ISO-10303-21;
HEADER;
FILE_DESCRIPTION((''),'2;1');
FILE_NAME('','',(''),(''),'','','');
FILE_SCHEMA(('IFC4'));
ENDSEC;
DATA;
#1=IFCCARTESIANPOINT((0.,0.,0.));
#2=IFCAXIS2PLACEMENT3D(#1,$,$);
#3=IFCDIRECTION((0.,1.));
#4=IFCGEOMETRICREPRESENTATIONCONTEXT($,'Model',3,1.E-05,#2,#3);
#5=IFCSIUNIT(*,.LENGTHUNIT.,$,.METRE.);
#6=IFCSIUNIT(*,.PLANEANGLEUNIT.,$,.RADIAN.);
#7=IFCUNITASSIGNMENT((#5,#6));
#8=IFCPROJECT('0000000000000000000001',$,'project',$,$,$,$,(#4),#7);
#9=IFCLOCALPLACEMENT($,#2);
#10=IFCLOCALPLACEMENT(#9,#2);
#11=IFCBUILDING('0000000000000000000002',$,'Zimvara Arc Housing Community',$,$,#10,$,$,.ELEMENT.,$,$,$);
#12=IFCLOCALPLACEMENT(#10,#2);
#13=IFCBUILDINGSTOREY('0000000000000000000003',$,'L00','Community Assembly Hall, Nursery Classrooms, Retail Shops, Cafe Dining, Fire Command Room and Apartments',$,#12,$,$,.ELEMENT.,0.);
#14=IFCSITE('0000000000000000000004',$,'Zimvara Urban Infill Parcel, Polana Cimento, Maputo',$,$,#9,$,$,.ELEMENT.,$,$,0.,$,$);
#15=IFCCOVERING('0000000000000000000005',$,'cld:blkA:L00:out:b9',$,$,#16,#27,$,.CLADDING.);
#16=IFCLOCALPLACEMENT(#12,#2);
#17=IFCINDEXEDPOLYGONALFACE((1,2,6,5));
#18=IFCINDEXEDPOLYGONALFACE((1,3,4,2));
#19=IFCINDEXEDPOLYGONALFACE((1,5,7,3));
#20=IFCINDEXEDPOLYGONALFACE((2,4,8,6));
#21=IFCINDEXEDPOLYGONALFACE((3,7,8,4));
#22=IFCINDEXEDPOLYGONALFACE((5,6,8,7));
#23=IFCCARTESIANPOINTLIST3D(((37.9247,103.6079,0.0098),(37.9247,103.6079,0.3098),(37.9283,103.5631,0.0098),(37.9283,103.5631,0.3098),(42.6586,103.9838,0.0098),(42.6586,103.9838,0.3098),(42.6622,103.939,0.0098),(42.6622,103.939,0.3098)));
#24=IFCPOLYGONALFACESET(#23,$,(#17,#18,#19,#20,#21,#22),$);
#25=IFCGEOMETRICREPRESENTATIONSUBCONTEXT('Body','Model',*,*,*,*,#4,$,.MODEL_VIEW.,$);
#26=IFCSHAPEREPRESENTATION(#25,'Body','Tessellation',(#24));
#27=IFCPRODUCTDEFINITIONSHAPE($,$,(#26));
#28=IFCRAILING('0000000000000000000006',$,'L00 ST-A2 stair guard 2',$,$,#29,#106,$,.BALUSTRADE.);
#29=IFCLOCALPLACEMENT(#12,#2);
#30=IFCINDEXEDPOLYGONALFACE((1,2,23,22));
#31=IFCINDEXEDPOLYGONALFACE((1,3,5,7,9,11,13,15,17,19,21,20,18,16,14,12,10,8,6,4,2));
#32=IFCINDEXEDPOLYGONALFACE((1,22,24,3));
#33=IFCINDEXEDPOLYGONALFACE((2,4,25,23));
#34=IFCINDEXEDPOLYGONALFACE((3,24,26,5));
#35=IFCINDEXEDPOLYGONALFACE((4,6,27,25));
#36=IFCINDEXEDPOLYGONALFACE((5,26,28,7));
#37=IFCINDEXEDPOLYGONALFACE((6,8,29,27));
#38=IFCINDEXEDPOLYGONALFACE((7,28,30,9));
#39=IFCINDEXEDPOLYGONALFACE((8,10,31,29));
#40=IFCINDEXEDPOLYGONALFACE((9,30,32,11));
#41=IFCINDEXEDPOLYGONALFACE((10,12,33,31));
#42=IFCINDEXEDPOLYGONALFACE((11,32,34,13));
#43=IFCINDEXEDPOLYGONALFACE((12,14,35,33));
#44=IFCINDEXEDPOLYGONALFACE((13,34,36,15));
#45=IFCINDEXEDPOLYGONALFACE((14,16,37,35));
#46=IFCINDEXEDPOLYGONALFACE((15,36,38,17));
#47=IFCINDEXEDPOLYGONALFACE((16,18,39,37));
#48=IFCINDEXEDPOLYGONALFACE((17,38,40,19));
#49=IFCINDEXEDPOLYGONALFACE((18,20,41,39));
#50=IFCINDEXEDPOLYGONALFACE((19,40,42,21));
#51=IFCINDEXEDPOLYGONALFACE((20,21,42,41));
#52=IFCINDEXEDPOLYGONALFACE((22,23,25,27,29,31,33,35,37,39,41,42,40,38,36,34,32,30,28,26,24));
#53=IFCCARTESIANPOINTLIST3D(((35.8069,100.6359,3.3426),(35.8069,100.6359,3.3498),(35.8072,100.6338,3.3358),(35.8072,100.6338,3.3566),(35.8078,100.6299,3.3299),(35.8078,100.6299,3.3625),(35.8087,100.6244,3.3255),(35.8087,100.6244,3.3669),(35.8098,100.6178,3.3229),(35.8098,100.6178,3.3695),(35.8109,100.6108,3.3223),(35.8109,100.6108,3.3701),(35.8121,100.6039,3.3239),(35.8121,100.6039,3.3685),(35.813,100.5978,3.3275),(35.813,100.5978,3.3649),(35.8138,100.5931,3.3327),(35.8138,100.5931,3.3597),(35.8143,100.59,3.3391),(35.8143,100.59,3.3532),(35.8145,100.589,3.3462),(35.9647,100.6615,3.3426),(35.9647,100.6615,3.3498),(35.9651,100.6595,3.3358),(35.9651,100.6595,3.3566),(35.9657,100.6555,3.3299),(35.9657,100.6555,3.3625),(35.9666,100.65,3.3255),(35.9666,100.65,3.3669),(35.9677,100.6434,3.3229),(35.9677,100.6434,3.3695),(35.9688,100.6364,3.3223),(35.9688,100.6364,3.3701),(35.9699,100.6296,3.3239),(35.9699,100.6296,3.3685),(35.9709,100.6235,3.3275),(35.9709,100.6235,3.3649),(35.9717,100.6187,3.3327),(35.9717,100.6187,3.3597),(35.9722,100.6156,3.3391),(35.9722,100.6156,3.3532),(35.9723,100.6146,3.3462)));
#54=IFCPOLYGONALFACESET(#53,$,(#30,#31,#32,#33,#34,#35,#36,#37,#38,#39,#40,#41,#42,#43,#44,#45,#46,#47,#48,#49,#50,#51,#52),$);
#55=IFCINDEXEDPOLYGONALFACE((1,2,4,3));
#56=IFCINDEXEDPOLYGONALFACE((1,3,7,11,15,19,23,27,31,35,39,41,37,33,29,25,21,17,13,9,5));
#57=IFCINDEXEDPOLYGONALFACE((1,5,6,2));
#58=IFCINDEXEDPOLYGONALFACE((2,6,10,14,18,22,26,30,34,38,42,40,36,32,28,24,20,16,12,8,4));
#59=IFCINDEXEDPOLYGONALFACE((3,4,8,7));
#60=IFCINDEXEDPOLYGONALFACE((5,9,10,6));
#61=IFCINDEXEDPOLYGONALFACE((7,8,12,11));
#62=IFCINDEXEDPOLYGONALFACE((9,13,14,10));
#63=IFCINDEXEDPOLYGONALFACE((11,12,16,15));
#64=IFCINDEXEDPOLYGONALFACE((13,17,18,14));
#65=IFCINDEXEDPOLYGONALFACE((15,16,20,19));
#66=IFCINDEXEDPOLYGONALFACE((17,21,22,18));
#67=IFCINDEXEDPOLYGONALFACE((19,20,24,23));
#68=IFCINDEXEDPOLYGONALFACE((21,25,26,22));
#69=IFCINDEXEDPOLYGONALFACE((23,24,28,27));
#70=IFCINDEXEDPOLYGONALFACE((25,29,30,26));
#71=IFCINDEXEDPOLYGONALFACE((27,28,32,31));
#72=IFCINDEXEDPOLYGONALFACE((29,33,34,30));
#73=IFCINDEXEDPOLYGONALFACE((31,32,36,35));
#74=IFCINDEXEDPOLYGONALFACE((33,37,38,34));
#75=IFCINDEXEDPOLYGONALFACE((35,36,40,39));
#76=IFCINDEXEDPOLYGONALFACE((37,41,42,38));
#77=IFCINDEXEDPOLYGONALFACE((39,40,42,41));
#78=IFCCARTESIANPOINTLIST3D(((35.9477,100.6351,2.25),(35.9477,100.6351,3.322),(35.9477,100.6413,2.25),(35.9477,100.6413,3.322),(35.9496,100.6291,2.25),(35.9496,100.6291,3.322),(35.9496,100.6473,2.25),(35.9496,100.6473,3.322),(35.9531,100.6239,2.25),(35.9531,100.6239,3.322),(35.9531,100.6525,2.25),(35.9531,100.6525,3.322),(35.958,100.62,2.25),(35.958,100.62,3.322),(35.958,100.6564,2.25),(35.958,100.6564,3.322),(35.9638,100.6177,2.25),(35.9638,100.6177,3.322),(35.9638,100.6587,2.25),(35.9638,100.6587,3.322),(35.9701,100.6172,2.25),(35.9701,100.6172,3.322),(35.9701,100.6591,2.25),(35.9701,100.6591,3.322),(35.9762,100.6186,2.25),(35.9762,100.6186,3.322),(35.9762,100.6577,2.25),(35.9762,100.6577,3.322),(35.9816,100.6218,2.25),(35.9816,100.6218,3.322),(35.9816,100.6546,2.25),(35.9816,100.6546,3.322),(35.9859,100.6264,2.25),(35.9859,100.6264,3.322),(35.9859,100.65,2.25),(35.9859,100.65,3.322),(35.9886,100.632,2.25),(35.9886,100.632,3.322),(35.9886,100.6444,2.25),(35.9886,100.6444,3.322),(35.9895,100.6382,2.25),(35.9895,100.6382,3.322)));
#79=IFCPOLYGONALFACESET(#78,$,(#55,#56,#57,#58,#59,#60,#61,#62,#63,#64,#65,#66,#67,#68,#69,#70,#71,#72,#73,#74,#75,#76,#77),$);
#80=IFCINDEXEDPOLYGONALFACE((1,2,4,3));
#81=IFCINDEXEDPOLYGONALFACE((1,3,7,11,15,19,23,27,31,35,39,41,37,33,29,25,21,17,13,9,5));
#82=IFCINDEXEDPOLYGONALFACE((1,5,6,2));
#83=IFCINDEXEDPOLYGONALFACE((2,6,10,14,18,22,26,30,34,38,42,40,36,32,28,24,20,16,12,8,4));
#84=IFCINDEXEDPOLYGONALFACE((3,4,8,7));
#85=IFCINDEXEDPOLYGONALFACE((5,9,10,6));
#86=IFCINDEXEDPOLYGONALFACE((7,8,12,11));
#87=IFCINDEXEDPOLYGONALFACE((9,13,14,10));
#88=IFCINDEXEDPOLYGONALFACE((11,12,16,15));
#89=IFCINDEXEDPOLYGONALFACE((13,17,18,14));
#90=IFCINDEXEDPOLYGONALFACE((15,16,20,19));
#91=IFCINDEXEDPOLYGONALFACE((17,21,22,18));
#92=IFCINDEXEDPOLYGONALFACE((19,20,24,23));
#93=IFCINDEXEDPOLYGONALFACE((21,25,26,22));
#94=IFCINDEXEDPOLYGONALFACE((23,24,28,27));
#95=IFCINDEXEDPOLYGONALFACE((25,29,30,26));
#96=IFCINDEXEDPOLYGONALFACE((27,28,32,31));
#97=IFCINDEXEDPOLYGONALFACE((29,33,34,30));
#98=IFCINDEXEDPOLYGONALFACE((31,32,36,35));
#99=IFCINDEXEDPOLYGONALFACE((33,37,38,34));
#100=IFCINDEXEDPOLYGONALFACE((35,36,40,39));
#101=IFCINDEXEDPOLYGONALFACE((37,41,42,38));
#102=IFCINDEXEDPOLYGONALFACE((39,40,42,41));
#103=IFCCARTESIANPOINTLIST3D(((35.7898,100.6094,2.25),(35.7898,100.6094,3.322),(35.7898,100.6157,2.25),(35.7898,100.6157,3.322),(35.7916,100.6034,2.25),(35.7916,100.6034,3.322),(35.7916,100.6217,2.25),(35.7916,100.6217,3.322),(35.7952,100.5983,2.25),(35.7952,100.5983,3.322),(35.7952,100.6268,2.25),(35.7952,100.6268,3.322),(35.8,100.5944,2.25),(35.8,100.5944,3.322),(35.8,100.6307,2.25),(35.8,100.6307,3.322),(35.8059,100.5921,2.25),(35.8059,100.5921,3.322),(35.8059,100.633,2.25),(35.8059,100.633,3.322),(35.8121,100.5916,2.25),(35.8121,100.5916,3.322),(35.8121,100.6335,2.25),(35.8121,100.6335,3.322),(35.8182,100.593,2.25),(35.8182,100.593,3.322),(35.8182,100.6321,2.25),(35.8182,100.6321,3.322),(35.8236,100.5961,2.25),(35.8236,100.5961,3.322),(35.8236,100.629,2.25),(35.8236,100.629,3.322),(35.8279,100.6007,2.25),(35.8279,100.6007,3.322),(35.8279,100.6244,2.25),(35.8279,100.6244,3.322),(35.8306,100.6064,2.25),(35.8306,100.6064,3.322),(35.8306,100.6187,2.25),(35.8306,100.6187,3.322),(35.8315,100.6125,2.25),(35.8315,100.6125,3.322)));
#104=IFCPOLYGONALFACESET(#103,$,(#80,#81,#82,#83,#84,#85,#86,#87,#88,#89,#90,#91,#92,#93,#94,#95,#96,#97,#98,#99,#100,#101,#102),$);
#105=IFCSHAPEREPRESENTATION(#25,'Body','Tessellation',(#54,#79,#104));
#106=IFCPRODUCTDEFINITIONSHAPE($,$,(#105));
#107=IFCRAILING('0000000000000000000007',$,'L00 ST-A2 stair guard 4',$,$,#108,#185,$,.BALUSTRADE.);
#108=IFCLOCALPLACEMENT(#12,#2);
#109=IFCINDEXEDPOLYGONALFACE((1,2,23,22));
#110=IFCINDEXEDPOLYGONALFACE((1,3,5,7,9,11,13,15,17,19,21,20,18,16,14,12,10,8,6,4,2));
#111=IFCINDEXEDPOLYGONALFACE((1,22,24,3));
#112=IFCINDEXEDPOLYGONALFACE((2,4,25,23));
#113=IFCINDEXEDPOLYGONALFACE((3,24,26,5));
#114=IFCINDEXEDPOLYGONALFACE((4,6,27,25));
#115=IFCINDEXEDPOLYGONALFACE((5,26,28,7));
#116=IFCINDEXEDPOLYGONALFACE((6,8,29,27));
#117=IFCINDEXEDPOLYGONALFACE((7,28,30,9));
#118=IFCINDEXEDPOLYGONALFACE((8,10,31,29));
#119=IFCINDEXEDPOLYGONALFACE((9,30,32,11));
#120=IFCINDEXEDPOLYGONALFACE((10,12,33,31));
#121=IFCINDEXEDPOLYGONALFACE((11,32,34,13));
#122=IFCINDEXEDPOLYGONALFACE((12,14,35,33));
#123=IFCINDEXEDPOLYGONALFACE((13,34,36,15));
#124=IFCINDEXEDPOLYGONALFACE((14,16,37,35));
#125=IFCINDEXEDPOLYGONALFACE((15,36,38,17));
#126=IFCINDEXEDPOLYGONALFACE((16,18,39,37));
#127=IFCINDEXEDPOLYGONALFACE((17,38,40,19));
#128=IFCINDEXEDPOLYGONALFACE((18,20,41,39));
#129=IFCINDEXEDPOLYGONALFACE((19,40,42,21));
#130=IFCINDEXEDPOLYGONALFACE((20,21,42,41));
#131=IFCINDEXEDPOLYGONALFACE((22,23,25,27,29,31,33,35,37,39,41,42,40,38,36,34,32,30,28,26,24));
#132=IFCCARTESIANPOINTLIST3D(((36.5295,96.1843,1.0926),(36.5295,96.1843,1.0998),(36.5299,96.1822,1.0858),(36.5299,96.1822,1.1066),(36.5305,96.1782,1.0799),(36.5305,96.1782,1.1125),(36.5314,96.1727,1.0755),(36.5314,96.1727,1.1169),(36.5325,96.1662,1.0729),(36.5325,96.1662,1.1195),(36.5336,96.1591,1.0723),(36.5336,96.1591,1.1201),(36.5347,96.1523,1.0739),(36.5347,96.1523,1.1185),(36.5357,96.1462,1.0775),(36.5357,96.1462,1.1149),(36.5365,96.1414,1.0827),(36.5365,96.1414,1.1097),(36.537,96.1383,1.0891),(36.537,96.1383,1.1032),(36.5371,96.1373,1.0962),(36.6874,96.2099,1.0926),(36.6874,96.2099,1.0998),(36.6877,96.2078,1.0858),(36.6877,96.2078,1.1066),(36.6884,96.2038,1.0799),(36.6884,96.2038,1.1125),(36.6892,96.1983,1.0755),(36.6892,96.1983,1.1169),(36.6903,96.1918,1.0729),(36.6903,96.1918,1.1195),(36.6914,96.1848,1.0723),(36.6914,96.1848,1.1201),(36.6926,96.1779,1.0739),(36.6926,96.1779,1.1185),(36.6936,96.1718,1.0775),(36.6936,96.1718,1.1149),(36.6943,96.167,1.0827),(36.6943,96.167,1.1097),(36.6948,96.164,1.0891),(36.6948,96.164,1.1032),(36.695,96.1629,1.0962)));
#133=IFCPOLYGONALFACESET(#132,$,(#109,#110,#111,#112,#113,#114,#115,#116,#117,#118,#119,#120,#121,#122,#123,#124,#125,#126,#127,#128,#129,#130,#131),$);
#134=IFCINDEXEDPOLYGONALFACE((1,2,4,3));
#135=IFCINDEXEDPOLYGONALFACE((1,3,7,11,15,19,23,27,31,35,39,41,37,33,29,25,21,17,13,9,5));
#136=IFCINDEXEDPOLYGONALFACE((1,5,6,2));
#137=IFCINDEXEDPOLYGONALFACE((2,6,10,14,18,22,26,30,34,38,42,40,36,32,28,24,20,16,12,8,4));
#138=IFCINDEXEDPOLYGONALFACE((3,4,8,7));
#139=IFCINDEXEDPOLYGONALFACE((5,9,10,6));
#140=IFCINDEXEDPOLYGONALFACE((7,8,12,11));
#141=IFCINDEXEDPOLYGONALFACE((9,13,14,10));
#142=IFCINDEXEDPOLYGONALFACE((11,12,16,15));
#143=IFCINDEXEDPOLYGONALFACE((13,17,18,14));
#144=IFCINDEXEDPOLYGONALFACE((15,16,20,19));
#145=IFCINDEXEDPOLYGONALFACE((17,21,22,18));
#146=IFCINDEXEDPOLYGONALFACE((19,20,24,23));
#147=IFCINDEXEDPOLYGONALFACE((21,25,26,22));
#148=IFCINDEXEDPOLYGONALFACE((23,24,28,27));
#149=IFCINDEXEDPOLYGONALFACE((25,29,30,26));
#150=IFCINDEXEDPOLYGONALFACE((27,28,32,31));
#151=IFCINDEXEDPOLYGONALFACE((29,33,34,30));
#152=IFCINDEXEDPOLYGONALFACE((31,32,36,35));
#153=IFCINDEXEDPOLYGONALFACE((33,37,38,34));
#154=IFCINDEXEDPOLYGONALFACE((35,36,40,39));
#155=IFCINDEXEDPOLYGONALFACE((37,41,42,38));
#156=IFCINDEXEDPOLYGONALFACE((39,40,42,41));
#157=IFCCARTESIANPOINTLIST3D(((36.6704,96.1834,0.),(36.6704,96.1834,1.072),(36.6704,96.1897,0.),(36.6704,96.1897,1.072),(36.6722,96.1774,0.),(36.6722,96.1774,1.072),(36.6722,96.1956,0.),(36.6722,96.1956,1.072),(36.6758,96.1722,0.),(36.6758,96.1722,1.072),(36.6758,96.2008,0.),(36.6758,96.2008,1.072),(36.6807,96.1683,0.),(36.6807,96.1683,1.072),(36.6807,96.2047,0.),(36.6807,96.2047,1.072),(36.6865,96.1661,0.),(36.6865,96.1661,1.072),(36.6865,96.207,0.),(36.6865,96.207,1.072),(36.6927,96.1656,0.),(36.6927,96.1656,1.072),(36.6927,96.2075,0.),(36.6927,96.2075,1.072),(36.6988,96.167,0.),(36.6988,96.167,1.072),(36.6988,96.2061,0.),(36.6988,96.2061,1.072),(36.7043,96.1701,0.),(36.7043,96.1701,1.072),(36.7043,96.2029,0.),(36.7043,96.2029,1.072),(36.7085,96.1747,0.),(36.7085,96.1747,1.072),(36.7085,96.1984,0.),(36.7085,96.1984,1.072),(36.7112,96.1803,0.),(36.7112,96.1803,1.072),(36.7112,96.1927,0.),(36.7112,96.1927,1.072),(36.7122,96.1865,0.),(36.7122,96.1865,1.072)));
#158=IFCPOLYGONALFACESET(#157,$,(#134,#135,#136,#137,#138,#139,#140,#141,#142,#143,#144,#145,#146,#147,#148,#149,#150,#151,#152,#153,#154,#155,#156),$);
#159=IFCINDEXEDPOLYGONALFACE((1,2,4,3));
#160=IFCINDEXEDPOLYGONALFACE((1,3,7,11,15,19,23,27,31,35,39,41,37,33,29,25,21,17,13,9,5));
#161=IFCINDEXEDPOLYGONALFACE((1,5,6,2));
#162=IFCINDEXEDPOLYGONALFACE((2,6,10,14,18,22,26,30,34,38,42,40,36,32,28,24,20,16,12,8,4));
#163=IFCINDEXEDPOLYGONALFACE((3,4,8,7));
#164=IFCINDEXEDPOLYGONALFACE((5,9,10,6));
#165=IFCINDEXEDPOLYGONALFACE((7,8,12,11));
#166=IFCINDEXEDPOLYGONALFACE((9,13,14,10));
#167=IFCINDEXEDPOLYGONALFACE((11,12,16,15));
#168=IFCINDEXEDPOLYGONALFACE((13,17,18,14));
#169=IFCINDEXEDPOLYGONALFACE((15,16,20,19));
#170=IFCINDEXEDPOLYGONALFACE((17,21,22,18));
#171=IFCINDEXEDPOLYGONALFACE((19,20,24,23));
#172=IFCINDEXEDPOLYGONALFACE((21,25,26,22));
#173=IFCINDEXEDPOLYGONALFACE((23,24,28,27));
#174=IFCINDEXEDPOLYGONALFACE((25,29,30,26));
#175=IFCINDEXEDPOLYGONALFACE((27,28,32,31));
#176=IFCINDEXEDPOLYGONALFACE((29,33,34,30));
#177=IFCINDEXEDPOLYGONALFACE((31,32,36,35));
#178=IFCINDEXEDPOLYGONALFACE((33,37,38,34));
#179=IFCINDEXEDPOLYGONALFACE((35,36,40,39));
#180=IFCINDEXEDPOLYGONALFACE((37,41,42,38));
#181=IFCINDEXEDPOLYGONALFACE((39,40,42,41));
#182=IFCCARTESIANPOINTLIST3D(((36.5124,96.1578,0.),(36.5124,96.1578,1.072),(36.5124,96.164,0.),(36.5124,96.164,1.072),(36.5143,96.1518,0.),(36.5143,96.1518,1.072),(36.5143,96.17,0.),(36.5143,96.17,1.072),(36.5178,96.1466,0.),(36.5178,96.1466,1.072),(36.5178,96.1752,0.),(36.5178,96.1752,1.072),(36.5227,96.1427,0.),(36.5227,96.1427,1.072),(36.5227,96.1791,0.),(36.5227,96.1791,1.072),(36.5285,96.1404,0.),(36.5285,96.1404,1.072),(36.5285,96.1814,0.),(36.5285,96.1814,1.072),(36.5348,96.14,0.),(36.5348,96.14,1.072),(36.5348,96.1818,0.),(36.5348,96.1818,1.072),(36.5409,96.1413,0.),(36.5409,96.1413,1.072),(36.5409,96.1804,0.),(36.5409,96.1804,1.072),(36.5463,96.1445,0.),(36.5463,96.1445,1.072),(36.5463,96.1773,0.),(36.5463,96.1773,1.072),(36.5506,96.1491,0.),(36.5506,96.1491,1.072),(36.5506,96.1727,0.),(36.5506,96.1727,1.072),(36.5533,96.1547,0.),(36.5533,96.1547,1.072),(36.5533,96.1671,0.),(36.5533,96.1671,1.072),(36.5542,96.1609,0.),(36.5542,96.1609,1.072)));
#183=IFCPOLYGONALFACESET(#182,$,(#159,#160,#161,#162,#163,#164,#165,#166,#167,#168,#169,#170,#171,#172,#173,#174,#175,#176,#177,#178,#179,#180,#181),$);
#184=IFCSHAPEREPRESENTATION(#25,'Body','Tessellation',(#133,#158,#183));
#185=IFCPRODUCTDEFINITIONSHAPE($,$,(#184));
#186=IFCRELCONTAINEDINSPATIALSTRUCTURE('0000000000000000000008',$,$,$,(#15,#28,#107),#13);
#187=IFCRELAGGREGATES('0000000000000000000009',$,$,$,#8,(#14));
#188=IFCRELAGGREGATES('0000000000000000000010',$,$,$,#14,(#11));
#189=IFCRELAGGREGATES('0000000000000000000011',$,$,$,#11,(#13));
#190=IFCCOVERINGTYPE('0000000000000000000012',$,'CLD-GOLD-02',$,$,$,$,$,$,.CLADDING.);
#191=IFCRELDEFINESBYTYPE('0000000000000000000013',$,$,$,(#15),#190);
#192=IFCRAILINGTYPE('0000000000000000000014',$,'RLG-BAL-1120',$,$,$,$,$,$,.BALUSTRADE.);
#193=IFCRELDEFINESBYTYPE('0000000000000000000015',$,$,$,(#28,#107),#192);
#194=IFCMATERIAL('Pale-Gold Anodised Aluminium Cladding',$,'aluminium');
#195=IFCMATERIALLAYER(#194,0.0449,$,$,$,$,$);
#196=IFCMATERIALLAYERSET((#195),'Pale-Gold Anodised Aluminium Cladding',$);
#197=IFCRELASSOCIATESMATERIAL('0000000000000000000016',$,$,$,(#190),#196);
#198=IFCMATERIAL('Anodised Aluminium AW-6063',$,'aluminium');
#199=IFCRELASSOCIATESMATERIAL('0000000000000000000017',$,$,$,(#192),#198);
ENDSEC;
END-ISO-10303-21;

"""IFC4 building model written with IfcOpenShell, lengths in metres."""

from ifc_helpers import new_model, si_unit, direction, frame, origin, origin_2d, place, context, subcontext, project, spatial, rectangle, circle, extrude, material, layer, layer_set, type_object, element, save


model = new_model("IFC4")

# Units and contexts
model_context = context("Model", 3, precision=1e-05, world=origin(), true_north=direction((0.0, 1.0)))
body_context = subcontext(model_context, "Body", "Model", "MODEL_VIEW")
ifc_project = project(units=[si_unit("LENGTHUNIT", "METRE"), si_unit("PLANEANGLEUNIT", "RADIAN")], contexts=[model_context])

# Site, building, storey
site_placement = place(None, origin())
site = spatial("IfcSite", under=ifc_project, at=site_placement, Name="Zimvara Urban Infill Parcel, Polana Cimento, Maputo", CompositionType="ELEMENT", RefElevation=0.0)
building_placement = place(site_placement, origin())
building = spatial("IfcBuilding", under=site, at=building_placement, Name="Zimvara Arc Housing Community", CompositionType="ELEMENT")
storey_placement = place(building_placement, origin())
storey = spatial("IfcBuildingStorey", under=building, at=storey_placement, Name="L00", Description="Community Assembly Hall, Nursery Classrooms, Retail Shops, Cafe Dining, Fire Command Room and Apartments", CompositionType="ELEMENT", Elevation=0.0)

# Covering
ifc_material_1 = material(Name="Pale-Gold Anodised Aluminium Cladding", Category="aluminium")
ifc_layer_1 = layer(ifc_material_1, 0.0449)
ifc_layer_set_1 = layer_set([ifc_layer_1], Name="Pale-Gold Anodised Aluminium Cladding")
covering_type_1 = type_object("IfcCoveringType", Name="CLD-GOLD-02", PredefinedType="CLADDING", material=ifc_layer_set_1)
covering_1_placement = place(storey_placement, frame((40.2935, 103.7734, 0.0098), z_axis=(0.0, 0.0, 1.0), x_axis=(0.996862, 0.079155, 0.0)))
element("IfcCovering", 1, at=covering_1_placement, inside=storey, type_object=covering_type_1, Name="cld:blkA:L00:out:b9", PredefinedType="CLADDING", context=body_context, shape_type="SweptSolid", body=[
    extrude(rectangle(XDim=4.7488, YDim=0.0449, at=origin_2d()), origin(), (0.0, 0.0, 1.0), 0.3),
])

# Railings
ifc_material_2 = material(Name="Anodised Aluminium AW-6063", Category="aluminium")
railing_type_1 = type_object("IfcRailingType", Name="RLG-BAL-1120", PredefinedType="BALUSTRADE", material=ifc_material_2)
railing_1_placement = place(storey_placement, frame((35.9685, 100.6382, 2.25)))
element("IfcRailing", 2, at=railing_1_placement, inside=storey, type_object=railing_type_1, Name="L00 ST-A2 stair guard 2", PredefinedType="BALUSTRADE", context=body_context, shape_type="SweptSolid", body=[
    extrude(circle(Radius=0.0239, at=origin_2d()), frame((0.0, 0.0, 1.0962), z_axis=(-0.987086, -0.160192, 0.0), x_axis=(0.160192, -0.987086, 0.0)), (0.0, 0.0, 1.0), 0.1599),
    extrude(circle(Radius=0.021, at=origin_2d()), origin(), (0.0, 0.0, 1.0), 1.072),
    extrude(circle(Radius=0.021, at=origin_2d()), frame((-0.158, -0.0256, 0.0)), (0.0, 0.0, 1.0), 1.072),
])
railing_2_placement = place(storey_placement, frame((36.6912, 96.1865, 0.0)))
element("IfcRailing", 3, at=railing_2_placement, inside=storey, type_object=railing_type_1, Name="L00 ST-A2 stair guard 4", PredefinedType="BALUSTRADE", context=body_context, shape_type="SweptSolid", body=[
    extrude(circle(Radius=0.0239, at=origin_2d()), frame((0.0, 0.0, 1.0962), z_axis=(-0.987086, -0.160192, 0.0), x_axis=(0.160192, -0.987086, 0.0)), (0.0, 0.0, 1.0), 0.1599),
    extrude(circle(Radius=0.021, at=origin_2d()), origin(), (0.0, 0.0, 1.0), 1.072),
    extrude(circle(Radius=0.021, at=origin_2d()), frame((-0.158, -0.0256, 0.0)), (0.0, 0.0, 1.0), 1.072),
])

save(model, "model.ifc")
